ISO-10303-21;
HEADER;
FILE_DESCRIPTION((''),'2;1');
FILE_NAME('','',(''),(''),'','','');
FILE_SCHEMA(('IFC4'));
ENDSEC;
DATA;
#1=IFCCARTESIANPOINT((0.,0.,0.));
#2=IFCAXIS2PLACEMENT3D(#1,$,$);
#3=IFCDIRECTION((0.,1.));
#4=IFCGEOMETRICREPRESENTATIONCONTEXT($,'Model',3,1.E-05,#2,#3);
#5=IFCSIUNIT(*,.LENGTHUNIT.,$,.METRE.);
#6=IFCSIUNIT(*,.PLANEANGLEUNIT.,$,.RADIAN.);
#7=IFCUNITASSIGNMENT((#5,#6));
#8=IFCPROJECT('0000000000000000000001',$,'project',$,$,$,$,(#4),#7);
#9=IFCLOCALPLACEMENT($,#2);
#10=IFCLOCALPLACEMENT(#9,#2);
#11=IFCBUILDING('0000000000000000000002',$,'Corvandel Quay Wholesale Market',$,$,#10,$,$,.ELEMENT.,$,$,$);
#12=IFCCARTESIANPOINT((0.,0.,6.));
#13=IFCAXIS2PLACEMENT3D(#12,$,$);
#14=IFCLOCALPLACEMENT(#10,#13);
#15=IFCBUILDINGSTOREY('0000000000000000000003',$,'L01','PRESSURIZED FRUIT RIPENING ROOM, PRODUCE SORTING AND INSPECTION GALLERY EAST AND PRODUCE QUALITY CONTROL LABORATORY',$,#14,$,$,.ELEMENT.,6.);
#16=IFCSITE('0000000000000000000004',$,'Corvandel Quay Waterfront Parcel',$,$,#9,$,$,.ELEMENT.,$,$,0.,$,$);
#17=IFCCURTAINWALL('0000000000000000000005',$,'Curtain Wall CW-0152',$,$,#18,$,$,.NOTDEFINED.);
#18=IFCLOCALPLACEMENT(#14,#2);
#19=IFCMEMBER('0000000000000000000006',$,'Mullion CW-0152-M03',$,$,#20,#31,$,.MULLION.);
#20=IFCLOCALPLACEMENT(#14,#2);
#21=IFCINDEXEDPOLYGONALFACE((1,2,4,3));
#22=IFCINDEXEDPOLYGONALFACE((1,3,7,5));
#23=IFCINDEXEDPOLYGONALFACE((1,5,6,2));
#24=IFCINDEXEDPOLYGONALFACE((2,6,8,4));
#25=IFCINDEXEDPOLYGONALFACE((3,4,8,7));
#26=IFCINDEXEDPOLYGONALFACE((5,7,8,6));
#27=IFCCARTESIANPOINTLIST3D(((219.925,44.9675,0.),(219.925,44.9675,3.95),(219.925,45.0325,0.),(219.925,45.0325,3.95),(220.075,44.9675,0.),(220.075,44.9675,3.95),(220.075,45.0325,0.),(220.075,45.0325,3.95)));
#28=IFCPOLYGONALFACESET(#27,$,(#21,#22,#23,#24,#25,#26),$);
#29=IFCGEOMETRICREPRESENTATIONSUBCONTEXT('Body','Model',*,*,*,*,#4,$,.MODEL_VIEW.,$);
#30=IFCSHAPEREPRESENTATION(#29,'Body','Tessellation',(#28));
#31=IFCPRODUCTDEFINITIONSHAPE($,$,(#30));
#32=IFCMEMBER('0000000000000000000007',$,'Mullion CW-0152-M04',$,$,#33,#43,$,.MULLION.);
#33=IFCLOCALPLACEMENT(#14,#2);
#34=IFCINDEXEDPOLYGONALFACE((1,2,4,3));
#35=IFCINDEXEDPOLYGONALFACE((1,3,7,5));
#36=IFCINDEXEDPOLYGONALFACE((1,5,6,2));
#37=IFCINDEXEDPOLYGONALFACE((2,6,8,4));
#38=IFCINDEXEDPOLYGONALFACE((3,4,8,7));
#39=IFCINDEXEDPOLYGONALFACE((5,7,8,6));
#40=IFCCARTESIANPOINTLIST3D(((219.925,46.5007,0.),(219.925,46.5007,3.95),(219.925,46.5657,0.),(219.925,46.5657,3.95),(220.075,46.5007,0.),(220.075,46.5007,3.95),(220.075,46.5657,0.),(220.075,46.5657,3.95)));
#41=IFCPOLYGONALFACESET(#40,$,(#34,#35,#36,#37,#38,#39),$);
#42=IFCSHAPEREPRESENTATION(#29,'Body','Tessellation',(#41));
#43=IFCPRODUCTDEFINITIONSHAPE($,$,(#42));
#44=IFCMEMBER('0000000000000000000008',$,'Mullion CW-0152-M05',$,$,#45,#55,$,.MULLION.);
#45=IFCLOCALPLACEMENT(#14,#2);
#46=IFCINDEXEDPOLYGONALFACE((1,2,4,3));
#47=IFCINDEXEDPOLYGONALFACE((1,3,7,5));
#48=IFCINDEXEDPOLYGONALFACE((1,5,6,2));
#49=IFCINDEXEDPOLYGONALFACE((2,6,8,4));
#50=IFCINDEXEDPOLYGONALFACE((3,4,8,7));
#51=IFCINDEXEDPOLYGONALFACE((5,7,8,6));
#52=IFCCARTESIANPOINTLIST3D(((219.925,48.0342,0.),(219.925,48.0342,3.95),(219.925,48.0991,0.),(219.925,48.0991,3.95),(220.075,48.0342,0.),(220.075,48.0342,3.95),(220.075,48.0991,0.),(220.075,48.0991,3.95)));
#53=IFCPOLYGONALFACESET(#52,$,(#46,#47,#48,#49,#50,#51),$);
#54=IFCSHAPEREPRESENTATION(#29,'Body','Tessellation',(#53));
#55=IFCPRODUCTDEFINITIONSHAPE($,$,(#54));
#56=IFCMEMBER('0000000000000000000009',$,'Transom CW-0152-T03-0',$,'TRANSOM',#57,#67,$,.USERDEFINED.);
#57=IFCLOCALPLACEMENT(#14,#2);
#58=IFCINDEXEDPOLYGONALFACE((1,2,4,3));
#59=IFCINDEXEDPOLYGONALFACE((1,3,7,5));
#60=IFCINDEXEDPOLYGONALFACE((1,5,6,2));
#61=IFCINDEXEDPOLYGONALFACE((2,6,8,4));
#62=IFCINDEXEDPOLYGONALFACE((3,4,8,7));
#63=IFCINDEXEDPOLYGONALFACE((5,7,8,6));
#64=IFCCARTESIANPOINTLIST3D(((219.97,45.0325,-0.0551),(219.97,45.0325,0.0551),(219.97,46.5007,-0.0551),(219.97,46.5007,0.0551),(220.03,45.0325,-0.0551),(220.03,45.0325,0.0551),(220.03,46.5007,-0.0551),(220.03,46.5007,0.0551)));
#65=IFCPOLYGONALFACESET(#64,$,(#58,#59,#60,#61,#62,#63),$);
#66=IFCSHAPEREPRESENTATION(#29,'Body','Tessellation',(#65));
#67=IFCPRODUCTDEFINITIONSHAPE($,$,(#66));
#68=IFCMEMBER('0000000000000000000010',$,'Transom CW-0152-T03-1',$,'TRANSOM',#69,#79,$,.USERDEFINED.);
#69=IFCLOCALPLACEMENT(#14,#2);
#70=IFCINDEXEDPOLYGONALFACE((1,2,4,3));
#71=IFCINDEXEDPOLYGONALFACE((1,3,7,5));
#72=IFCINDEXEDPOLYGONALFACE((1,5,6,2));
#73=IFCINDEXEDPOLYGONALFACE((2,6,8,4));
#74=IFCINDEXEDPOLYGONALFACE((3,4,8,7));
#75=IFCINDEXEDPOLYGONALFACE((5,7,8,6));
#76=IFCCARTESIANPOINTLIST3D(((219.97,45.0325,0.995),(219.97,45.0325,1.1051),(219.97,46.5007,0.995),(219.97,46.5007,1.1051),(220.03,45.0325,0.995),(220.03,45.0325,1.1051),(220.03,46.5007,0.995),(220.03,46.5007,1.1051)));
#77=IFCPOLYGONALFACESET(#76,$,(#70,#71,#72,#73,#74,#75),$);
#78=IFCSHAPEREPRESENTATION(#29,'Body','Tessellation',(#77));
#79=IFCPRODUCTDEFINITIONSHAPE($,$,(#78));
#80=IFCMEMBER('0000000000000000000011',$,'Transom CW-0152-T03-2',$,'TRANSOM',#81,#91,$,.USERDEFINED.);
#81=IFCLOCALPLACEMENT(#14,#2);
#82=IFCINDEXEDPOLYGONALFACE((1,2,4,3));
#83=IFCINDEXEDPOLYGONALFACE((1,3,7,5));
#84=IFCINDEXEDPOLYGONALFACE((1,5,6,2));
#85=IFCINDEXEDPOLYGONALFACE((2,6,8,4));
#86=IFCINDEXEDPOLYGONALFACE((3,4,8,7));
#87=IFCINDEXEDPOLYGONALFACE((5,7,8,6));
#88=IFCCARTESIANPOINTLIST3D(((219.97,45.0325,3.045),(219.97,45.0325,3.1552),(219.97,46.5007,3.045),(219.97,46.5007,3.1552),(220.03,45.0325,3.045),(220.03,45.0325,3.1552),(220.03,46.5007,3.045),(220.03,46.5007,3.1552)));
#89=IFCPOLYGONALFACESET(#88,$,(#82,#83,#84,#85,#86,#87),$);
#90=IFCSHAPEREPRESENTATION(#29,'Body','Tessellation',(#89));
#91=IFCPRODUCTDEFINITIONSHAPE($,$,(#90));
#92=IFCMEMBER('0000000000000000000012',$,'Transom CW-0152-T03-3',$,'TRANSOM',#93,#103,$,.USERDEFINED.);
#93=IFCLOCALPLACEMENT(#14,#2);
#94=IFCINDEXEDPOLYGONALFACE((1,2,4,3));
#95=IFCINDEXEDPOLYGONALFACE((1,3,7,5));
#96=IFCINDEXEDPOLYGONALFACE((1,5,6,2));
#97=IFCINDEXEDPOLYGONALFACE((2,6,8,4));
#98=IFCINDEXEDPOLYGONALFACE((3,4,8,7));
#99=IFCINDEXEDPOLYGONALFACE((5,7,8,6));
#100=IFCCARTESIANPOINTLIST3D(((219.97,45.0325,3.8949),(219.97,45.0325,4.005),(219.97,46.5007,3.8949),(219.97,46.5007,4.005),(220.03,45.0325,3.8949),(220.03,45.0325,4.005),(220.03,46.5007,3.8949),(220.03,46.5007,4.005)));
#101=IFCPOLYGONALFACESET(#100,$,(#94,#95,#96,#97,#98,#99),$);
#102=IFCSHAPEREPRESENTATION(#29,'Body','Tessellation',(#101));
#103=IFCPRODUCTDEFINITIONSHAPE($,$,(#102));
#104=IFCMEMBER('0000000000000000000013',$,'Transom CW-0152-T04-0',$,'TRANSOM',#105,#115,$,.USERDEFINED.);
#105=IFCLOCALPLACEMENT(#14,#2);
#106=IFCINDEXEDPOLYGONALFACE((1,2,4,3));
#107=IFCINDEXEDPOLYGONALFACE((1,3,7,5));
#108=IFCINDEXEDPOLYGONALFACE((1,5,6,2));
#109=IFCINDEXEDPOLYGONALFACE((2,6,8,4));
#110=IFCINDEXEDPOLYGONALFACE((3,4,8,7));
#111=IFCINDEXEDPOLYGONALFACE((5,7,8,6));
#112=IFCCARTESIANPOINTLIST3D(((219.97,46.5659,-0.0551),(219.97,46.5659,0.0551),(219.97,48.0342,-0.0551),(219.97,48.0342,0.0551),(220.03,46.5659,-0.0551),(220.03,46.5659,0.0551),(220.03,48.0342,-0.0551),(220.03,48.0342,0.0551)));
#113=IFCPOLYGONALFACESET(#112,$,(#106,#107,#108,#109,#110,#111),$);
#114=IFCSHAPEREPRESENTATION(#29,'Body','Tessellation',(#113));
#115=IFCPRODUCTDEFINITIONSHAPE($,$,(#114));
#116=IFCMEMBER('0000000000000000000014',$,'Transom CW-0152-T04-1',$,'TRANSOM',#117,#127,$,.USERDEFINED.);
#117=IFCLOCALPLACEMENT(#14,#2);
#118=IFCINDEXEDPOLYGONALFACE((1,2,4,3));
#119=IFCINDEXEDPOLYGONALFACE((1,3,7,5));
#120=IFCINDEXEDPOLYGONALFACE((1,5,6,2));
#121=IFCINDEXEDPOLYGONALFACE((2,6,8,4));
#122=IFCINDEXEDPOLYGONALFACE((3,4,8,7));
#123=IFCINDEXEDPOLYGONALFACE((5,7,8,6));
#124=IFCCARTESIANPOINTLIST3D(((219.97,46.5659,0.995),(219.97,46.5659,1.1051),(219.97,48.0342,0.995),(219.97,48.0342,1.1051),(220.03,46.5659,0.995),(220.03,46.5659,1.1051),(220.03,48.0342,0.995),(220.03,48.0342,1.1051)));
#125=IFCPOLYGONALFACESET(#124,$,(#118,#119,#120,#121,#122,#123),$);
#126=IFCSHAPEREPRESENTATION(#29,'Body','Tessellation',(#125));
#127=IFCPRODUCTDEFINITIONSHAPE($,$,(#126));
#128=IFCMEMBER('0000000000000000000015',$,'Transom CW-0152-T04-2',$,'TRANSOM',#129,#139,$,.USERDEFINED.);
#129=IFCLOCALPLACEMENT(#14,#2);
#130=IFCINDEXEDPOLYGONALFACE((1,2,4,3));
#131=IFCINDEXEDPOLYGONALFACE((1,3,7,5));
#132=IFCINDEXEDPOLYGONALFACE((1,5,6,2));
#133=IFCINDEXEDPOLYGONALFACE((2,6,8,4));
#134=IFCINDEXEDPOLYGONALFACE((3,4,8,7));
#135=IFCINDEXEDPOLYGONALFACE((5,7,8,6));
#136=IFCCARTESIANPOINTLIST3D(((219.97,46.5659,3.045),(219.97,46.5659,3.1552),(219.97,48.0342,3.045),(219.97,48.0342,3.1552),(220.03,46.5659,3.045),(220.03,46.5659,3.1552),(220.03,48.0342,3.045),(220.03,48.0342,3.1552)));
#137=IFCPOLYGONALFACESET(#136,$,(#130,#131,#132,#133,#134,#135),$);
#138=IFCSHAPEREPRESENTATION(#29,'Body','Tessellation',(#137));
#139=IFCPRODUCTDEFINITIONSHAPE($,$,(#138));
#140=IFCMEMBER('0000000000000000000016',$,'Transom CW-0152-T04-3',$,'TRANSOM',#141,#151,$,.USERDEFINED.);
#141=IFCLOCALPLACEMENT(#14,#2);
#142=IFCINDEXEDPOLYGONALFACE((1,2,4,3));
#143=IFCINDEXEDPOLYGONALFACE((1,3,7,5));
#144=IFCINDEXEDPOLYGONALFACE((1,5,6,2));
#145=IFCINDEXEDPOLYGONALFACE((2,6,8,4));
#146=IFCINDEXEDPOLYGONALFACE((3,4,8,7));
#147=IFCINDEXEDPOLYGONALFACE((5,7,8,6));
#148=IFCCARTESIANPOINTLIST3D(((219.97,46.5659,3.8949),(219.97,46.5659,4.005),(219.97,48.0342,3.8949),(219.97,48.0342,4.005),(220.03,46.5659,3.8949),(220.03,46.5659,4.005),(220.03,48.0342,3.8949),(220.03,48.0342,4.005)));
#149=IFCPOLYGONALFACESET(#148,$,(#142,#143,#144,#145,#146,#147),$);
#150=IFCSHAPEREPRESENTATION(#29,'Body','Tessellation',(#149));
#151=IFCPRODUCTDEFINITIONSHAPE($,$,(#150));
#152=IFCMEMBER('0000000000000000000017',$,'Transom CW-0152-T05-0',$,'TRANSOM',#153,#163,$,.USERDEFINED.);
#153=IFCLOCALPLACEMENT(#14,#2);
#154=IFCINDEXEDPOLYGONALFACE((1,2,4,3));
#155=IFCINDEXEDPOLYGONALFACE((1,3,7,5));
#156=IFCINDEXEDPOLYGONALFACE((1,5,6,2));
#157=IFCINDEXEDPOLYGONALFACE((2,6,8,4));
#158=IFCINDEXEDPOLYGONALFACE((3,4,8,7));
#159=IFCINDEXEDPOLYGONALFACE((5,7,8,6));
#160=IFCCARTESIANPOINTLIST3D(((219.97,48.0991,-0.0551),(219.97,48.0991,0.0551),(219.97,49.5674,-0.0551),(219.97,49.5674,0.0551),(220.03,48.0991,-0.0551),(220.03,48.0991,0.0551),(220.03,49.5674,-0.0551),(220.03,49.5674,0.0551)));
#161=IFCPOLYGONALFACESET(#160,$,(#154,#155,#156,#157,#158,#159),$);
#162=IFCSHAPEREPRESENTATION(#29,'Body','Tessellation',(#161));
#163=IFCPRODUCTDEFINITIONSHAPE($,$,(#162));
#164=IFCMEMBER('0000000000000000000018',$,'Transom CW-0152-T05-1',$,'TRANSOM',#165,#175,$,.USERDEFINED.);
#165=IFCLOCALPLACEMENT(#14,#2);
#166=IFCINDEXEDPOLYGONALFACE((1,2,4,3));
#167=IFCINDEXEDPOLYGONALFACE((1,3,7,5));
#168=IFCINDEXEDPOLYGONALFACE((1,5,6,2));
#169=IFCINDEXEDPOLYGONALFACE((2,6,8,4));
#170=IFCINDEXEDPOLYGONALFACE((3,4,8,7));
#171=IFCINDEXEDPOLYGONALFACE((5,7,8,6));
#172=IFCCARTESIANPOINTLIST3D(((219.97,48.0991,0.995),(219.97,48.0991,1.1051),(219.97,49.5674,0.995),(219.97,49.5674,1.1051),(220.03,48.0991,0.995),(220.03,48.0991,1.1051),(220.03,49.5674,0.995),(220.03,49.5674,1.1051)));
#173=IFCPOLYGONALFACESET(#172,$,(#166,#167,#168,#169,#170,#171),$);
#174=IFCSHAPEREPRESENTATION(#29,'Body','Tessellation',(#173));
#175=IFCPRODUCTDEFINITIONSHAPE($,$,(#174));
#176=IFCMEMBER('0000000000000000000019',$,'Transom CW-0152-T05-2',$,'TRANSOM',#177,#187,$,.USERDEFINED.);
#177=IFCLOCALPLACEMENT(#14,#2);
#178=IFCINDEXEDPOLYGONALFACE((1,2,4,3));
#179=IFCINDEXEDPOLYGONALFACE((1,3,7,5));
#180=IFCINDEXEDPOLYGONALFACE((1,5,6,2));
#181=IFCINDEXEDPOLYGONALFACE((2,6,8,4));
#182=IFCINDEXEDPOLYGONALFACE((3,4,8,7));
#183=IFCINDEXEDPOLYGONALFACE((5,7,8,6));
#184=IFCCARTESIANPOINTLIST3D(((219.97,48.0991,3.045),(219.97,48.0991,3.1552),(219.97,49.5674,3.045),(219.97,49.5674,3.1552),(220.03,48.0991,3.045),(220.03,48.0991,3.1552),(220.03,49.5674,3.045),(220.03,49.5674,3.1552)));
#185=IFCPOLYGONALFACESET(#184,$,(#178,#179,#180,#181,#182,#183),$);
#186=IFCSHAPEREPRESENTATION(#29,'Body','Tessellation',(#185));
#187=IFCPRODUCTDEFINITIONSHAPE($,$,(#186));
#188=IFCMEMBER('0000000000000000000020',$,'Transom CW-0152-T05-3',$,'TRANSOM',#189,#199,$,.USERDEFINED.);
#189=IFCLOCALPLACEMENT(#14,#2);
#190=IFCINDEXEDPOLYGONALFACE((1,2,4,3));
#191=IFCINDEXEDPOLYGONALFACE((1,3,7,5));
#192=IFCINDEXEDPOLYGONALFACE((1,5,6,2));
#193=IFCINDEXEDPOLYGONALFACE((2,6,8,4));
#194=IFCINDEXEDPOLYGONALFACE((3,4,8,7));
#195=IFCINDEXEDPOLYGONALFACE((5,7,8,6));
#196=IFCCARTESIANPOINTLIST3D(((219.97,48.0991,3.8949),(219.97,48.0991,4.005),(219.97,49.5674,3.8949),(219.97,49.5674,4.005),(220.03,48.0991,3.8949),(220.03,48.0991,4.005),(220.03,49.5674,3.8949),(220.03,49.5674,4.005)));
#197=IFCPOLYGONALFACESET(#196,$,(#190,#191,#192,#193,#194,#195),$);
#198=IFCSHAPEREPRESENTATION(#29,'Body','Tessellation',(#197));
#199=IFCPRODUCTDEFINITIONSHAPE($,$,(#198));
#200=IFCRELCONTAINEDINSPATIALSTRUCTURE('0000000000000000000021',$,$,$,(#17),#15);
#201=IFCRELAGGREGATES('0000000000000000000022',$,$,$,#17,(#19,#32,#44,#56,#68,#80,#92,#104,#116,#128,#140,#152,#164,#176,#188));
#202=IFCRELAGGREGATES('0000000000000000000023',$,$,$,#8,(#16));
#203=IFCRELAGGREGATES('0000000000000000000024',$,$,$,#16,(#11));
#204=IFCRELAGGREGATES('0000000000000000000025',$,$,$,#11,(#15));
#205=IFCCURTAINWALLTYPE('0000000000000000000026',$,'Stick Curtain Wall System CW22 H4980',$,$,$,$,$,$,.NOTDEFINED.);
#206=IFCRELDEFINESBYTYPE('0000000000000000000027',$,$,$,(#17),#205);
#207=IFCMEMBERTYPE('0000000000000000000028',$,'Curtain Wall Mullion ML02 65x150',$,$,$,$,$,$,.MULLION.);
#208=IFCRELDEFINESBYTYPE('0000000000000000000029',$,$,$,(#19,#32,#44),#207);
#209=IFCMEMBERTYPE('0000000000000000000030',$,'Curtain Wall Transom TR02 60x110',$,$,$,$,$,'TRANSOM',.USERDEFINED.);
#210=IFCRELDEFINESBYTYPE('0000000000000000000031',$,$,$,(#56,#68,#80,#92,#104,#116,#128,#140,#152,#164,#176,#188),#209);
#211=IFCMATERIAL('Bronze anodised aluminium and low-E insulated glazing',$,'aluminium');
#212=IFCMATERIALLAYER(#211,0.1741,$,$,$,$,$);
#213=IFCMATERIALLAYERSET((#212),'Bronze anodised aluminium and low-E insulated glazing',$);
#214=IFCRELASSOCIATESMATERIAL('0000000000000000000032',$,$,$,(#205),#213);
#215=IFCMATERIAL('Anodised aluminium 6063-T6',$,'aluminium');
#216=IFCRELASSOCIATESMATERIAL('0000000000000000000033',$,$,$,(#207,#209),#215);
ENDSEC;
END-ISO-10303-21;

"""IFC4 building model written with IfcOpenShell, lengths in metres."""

from ifc_helpers import new_model, si_unit, direction, frame, origin, origin_2d, place, context, subcontext, project, spatial, rectangle, extrude, material, layer, layer_set, material_profile, profile_set, type_object, element, aggregate, save


model = new_model("IFC4")

# Units and contexts
model_context = context("Model", 3, precision=1e-05, world=origin(), true_north=direction((0.0, 1.0)))
body_context = subcontext(model_context, "Body", "Model", "MODEL_VIEW")
ifc_project = project(units=[si_unit("LENGTHUNIT", "METRE"), si_unit("PLANEANGLEUNIT", "RADIAN")], contexts=[model_context])

# Site, building, storey
site_placement = place(None, origin())
site = spatial("IfcSite", under=ifc_project, at=site_placement, Name="Corvandel Quay Waterfront Parcel", CompositionType="ELEMENT", RefElevation=0.0)
building_placement = place(site_placement, origin())
building = spatial("IfcBuilding", under=site, at=building_placement, Name="Corvandel Quay Wholesale Market", CompositionType="ELEMENT")
storey_placement = place(building_placement, frame((0.0, 0.0, 6.0)))
storey = spatial("IfcBuildingStorey", under=building, at=storey_placement, Name="L01", Description="PRESSURIZED FRUIT RIPENING ROOM, PRODUCE SORTING AND INSPECTION GALLERY EAST AND PRODUCE QUALITY CONTROL LABORATORY", CompositionType="ELEMENT", Elevation=6.0)

# Curtain wall, members
ifc_material_1 = material(Name="Bronze anodised aluminium and low-E insulated glazing", Category="aluminium")
ifc_layer_1 = layer(ifc_material_1, 0.1741)
ifc_layer_set_1 = layer_set([ifc_layer_1], Name="Bronze anodised aluminium and low-E insulated glazing")
curtain_wall_type = type_object("IfcCurtainWallType", Name="Stick Curtain Wall System CW22 H4980", PredefinedType="NOTDEFINED", material=ifc_layer_set_1)
curtain_wall_placement = place(storey_placement, origin())
curtain_wall = element("IfcCurtainWall", 1, at=curtain_wall_placement, inside=storey, type_object=curtain_wall_type, Name="Curtain Wall CW-0152", PredefinedType="NOTDEFINED")
ifc_material_2 = material(Name="Anodised aluminium 6063-T6", Category="aluminium")
ifc_material_profile_1 = material_profile(ifc_material_2, rectangle(XDim=0.0649, YDim=0.1499, at=origin_2d()), Name="ALU-MUL-65x150")
ifc_profile_set_1 = profile_set([ifc_material_profile_1], Name="Anodised aluminium 6063-T6")
member_type_1 = type_object("IfcMemberType", Name="Curtain Wall Mullion ML02 65x150", PredefinedType="MULLION", material=ifc_profile_set_1)
member_1_placement = place(storey_placement, frame((220.0, 45.0, 0.0), z_axis=(0.0, 0.0, 1.0), x_axis=(0.0, 1.0, 0.0)))
member_1 = element("IfcMember", 2, at=member_1_placement, type_object=member_type_1, Name="Mullion CW-0152-M03", PredefinedType="MULLION", context=body_context, shape_type="SweptSolid", body=[
    extrude(rectangle(XDim=0.0649, YDim=0.1499, at=origin_2d()), origin(), (0.0, 0.0, 1.0), 3.95),
])
member_2_placement = place(storey_placement, frame((220.0, 46.5332, 0.0), z_axis=(0.0, 0.0, 1.0), x_axis=(0.0, 1.0, 0.0)))
member_2 = element("IfcMember", 3, at=member_2_placement, type_object=member_type_1, Name="Mullion CW-0152-M04", PredefinedType="MULLION", context=body_context, shape_type="SweptSolid", body=[
    extrude(rectangle(XDim=0.0649, YDim=0.1499, at=origin_2d()), origin(), (0.0, 0.0, 1.0), 3.95),
])
member_3_placement = place(storey_placement, frame((220.0, 48.0667, 0.0), z_axis=(0.0, 0.0, 1.0), x_axis=(0.0, 1.0, 0.0)))
member_3 = element("IfcMember", 4, at=member_3_placement, type_object=member_type_1, Name="Mullion CW-0152-M05", PredefinedType="MULLION", context=body_context, shape_type="SweptSolid", body=[
    extrude(rectangle(XDim=0.0649, YDim=0.1499, at=origin_2d()), origin(), (0.0, 0.0, 1.0), 3.95),
])
ifc_material_profile_2 = material_profile(ifc_material_2, rectangle(XDim=0.0601, YDim=0.1101, at=origin_2d()), Name="ALU-TRN-60x110")
ifc_profile_set_2 = profile_set([ifc_material_profile_2], Name="Anodised aluminium 6063-T6")
member_type_2 = type_object("IfcMemberType", Name="Curtain Wall Transom TR02 60x110", ElementType="TRANSOM", PredefinedType="USERDEFINED", material=ifc_profile_set_2)
member_4_placement = place(storey_placement, frame((220.0, 45.0325, 0.0), z_axis=(0.0, 1.0, 0.0), x_axis=(-1.0, 0.0, 0.0)))
member_4 = element("IfcMember", 5, at=member_4_placement, type_object=member_type_2, Name="Transom CW-0152-T03-0", ObjectType="TRANSOM", PredefinedType="USERDEFINED", context=body_context, shape_type="SweptSolid", body=[
    extrude(rectangle(XDim=0.0601, YDim=0.1101, at=origin_2d()), origin(), (0.0, 0.0, 1.0), 1.4683),
])
member_5_placement = place(storey_placement, frame((220.0, 45.0325, 1.05), z_axis=(0.0, 1.0, 0.0), x_axis=(-1.0, 0.0, 0.0)))
member_5 = element("IfcMember", 6, at=member_5_placement, type_object=member_type_2, Name="Transom CW-0152-T03-1", ObjectType="TRANSOM", PredefinedType="USERDEFINED", context=body_context, shape_type="SweptSolid", body=[
    extrude(rectangle(XDim=0.0601, YDim=0.1101, at=origin_2d()), origin(), (0.0, 0.0, 1.0), 1.4683),
])
member_6_placement = place(storey_placement, frame((220.0, 45.0325, 3.1001), z_axis=(0.0, 1.0, 0.0), x_axis=(-1.0, 0.0, 0.0)))
member_6 = element("IfcMember", 7, at=member_6_placement, type_object=member_type_2, Name="Transom CW-0152-T03-2", ObjectType="TRANSOM", PredefinedType="USERDEFINED", context=body_context, shape_type="SweptSolid", body=[
    extrude(rectangle(XDim=0.0601, YDim=0.1101, at=origin_2d()), origin(), (0.0, 0.0, 1.0), 1.4683),
])
member_7_placement = place(storey_placement, frame((220.0, 45.0325, 3.95), z_axis=(0.0, 1.0, 0.0), x_axis=(-1.0, 0.0, 0.0)))
member_7 = element("IfcMember", 8, at=member_7_placement, type_object=member_type_2, Name="Transom CW-0152-T03-3", ObjectType="TRANSOM", PredefinedType="USERDEFINED", context=body_context, shape_type="SweptSolid", body=[
    extrude(rectangle(XDim=0.0601, YDim=0.1101, at=origin_2d()), origin(), (0.0, 0.0, 1.0), 1.4683),
])
member_8_placement = place(storey_placement, frame((220.0, 46.5659, 0.0), z_axis=(0.0, 1.0, 0.0), x_axis=(-1.0, 0.0, 0.0)))
member_8 = element("IfcMember", 9, at=member_8_placement, type_object=member_type_2, Name="Transom CW-0152-T04-0", ObjectType="TRANSOM", PredefinedType="USERDEFINED", context=body_context, shape_type="SweptSolid", body=[
    extrude(rectangle(XDim=0.0601, YDim=0.1101, at=origin_2d()), origin(), (0.0, 0.0, 1.0), 1.4683),
])
member_9_placement = place(storey_placement, frame((220.0, 46.5659, 1.05), z_axis=(0.0, 1.0, 0.0), x_axis=(-1.0, 0.0, 0.0)))
member_9 = element("IfcMember", 10, at=member_9_placement, type_object=member_type_2, Name="Transom CW-0152-T04-1", ObjectType="TRANSOM", PredefinedType="USERDEFINED", context=body_context, shape_type="SweptSolid", body=[
    extrude(rectangle(XDim=0.0601, YDim=0.1101, at=origin_2d()), origin(), (0.0, 0.0, 1.0), 1.4683),
])
member_10_placement = place(storey_placement, frame((220.0, 46.5659, 3.1001), z_axis=(0.0, 1.0, 0.0), x_axis=(-1.0, 0.0, 0.0)))
member_10 = element("IfcMember", 11, at=member_10_placement, type_object=member_type_2, Name="Transom CW-0152-T04-2", ObjectType="TRANSOM", PredefinedType="USERDEFINED", context=body_context, shape_type="SweptSolid", body=[
    extrude(rectangle(XDim=0.0601, YDim=0.1101, at=origin_2d()), origin(), (0.0, 0.0, 1.0), 1.4683),
])
member_11_placement = place(storey_placement, frame((220.0, 46.5659, 3.95), z_axis=(0.0, 1.0, 0.0), x_axis=(-1.0, 0.0, 0.0)))
member_11 = element("IfcMember", 12, at=member_11_placement, type_object=member_type_2, Name="Transom CW-0152-T04-3", ObjectType="TRANSOM", PredefinedType="USERDEFINED", context=body_context, shape_type="SweptSolid", body=[
    extrude(rectangle(XDim=0.0601, YDim=0.1101, at=origin_2d()), origin(), (0.0, 0.0, 1.0), 1.4683),
])
member_12_placement = place(storey_placement, frame((220.0, 48.0991, 0.0), z_axis=(0.0, 1.0, 0.0), x_axis=(-1.0, 0.0, 0.0)))
member_12 = element("IfcMember", 13, at=member_12_placement, type_object=member_type_2, Name="Transom CW-0152-T05-0", ObjectType="TRANSOM", PredefinedType="USERDEFINED", context=body_context, shape_type="SweptSolid", body=[
    extrude(rectangle(XDim=0.0601, YDim=0.1101, at=origin_2d()), origin(), (0.0, 0.0, 1.0), 1.4683),
])
member_13_placement = place(storey_placement, frame((220.0, 48.0991, 1.05), z_axis=(0.0, 1.0, 0.0), x_axis=(-1.0, 0.0, 0.0)))
member_13 = element("IfcMember", 14, at=member_13_placement, type_object=member_type_2, Name="Transom CW-0152-T05-1", ObjectType="TRANSOM", PredefinedType="USERDEFINED", context=body_context, shape_type="SweptSolid", body=[
    extrude(rectangle(XDim=0.0601, YDim=0.1101, at=origin_2d()), origin(), (0.0, 0.0, 1.0), 1.4683),
])
member_14_placement = place(storey_placement, frame((220.0, 48.0991, 3.1001), z_axis=(0.0, 1.0, 0.0), x_axis=(-1.0, 0.0, 0.0)))
member_14 = element("IfcMember", 15, at=member_14_placement, type_object=member_type_2, Name="Transom CW-0152-T05-2", ObjectType="TRANSOM", PredefinedType="USERDEFINED", context=body_context, shape_type="SweptSolid", body=[
    extrude(rectangle(XDim=0.0601, YDim=0.1101, at=origin_2d()), origin(), (0.0, 0.0, 1.0), 1.4683),
])
member_15_placement = place(storey_placement, frame((220.0, 48.0991, 3.95), z_axis=(0.0, 1.0, 0.0), x_axis=(-1.0, 0.0, 0.0)))
member_15 = element("IfcMember", 16, at=member_15_placement, type_object=member_type_2, Name="Transom CW-0152-T05-3", ObjectType="TRANSOM", PredefinedType="USERDEFINED", context=body_context, shape_type="SweptSolid", body=[
    extrude(rectangle(XDim=0.0601, YDim=0.1101, at=origin_2d()), origin(), (0.0, 0.0, 1.0), 1.4683),
])
aggregate(curtain_wall, [member_1, member_2, member_3, member_4, member_5, member_6, member_7, member_8, member_9, member_10, member_11, member_12, member_13, member_14, member_15])

save(model, "model.ifc")
